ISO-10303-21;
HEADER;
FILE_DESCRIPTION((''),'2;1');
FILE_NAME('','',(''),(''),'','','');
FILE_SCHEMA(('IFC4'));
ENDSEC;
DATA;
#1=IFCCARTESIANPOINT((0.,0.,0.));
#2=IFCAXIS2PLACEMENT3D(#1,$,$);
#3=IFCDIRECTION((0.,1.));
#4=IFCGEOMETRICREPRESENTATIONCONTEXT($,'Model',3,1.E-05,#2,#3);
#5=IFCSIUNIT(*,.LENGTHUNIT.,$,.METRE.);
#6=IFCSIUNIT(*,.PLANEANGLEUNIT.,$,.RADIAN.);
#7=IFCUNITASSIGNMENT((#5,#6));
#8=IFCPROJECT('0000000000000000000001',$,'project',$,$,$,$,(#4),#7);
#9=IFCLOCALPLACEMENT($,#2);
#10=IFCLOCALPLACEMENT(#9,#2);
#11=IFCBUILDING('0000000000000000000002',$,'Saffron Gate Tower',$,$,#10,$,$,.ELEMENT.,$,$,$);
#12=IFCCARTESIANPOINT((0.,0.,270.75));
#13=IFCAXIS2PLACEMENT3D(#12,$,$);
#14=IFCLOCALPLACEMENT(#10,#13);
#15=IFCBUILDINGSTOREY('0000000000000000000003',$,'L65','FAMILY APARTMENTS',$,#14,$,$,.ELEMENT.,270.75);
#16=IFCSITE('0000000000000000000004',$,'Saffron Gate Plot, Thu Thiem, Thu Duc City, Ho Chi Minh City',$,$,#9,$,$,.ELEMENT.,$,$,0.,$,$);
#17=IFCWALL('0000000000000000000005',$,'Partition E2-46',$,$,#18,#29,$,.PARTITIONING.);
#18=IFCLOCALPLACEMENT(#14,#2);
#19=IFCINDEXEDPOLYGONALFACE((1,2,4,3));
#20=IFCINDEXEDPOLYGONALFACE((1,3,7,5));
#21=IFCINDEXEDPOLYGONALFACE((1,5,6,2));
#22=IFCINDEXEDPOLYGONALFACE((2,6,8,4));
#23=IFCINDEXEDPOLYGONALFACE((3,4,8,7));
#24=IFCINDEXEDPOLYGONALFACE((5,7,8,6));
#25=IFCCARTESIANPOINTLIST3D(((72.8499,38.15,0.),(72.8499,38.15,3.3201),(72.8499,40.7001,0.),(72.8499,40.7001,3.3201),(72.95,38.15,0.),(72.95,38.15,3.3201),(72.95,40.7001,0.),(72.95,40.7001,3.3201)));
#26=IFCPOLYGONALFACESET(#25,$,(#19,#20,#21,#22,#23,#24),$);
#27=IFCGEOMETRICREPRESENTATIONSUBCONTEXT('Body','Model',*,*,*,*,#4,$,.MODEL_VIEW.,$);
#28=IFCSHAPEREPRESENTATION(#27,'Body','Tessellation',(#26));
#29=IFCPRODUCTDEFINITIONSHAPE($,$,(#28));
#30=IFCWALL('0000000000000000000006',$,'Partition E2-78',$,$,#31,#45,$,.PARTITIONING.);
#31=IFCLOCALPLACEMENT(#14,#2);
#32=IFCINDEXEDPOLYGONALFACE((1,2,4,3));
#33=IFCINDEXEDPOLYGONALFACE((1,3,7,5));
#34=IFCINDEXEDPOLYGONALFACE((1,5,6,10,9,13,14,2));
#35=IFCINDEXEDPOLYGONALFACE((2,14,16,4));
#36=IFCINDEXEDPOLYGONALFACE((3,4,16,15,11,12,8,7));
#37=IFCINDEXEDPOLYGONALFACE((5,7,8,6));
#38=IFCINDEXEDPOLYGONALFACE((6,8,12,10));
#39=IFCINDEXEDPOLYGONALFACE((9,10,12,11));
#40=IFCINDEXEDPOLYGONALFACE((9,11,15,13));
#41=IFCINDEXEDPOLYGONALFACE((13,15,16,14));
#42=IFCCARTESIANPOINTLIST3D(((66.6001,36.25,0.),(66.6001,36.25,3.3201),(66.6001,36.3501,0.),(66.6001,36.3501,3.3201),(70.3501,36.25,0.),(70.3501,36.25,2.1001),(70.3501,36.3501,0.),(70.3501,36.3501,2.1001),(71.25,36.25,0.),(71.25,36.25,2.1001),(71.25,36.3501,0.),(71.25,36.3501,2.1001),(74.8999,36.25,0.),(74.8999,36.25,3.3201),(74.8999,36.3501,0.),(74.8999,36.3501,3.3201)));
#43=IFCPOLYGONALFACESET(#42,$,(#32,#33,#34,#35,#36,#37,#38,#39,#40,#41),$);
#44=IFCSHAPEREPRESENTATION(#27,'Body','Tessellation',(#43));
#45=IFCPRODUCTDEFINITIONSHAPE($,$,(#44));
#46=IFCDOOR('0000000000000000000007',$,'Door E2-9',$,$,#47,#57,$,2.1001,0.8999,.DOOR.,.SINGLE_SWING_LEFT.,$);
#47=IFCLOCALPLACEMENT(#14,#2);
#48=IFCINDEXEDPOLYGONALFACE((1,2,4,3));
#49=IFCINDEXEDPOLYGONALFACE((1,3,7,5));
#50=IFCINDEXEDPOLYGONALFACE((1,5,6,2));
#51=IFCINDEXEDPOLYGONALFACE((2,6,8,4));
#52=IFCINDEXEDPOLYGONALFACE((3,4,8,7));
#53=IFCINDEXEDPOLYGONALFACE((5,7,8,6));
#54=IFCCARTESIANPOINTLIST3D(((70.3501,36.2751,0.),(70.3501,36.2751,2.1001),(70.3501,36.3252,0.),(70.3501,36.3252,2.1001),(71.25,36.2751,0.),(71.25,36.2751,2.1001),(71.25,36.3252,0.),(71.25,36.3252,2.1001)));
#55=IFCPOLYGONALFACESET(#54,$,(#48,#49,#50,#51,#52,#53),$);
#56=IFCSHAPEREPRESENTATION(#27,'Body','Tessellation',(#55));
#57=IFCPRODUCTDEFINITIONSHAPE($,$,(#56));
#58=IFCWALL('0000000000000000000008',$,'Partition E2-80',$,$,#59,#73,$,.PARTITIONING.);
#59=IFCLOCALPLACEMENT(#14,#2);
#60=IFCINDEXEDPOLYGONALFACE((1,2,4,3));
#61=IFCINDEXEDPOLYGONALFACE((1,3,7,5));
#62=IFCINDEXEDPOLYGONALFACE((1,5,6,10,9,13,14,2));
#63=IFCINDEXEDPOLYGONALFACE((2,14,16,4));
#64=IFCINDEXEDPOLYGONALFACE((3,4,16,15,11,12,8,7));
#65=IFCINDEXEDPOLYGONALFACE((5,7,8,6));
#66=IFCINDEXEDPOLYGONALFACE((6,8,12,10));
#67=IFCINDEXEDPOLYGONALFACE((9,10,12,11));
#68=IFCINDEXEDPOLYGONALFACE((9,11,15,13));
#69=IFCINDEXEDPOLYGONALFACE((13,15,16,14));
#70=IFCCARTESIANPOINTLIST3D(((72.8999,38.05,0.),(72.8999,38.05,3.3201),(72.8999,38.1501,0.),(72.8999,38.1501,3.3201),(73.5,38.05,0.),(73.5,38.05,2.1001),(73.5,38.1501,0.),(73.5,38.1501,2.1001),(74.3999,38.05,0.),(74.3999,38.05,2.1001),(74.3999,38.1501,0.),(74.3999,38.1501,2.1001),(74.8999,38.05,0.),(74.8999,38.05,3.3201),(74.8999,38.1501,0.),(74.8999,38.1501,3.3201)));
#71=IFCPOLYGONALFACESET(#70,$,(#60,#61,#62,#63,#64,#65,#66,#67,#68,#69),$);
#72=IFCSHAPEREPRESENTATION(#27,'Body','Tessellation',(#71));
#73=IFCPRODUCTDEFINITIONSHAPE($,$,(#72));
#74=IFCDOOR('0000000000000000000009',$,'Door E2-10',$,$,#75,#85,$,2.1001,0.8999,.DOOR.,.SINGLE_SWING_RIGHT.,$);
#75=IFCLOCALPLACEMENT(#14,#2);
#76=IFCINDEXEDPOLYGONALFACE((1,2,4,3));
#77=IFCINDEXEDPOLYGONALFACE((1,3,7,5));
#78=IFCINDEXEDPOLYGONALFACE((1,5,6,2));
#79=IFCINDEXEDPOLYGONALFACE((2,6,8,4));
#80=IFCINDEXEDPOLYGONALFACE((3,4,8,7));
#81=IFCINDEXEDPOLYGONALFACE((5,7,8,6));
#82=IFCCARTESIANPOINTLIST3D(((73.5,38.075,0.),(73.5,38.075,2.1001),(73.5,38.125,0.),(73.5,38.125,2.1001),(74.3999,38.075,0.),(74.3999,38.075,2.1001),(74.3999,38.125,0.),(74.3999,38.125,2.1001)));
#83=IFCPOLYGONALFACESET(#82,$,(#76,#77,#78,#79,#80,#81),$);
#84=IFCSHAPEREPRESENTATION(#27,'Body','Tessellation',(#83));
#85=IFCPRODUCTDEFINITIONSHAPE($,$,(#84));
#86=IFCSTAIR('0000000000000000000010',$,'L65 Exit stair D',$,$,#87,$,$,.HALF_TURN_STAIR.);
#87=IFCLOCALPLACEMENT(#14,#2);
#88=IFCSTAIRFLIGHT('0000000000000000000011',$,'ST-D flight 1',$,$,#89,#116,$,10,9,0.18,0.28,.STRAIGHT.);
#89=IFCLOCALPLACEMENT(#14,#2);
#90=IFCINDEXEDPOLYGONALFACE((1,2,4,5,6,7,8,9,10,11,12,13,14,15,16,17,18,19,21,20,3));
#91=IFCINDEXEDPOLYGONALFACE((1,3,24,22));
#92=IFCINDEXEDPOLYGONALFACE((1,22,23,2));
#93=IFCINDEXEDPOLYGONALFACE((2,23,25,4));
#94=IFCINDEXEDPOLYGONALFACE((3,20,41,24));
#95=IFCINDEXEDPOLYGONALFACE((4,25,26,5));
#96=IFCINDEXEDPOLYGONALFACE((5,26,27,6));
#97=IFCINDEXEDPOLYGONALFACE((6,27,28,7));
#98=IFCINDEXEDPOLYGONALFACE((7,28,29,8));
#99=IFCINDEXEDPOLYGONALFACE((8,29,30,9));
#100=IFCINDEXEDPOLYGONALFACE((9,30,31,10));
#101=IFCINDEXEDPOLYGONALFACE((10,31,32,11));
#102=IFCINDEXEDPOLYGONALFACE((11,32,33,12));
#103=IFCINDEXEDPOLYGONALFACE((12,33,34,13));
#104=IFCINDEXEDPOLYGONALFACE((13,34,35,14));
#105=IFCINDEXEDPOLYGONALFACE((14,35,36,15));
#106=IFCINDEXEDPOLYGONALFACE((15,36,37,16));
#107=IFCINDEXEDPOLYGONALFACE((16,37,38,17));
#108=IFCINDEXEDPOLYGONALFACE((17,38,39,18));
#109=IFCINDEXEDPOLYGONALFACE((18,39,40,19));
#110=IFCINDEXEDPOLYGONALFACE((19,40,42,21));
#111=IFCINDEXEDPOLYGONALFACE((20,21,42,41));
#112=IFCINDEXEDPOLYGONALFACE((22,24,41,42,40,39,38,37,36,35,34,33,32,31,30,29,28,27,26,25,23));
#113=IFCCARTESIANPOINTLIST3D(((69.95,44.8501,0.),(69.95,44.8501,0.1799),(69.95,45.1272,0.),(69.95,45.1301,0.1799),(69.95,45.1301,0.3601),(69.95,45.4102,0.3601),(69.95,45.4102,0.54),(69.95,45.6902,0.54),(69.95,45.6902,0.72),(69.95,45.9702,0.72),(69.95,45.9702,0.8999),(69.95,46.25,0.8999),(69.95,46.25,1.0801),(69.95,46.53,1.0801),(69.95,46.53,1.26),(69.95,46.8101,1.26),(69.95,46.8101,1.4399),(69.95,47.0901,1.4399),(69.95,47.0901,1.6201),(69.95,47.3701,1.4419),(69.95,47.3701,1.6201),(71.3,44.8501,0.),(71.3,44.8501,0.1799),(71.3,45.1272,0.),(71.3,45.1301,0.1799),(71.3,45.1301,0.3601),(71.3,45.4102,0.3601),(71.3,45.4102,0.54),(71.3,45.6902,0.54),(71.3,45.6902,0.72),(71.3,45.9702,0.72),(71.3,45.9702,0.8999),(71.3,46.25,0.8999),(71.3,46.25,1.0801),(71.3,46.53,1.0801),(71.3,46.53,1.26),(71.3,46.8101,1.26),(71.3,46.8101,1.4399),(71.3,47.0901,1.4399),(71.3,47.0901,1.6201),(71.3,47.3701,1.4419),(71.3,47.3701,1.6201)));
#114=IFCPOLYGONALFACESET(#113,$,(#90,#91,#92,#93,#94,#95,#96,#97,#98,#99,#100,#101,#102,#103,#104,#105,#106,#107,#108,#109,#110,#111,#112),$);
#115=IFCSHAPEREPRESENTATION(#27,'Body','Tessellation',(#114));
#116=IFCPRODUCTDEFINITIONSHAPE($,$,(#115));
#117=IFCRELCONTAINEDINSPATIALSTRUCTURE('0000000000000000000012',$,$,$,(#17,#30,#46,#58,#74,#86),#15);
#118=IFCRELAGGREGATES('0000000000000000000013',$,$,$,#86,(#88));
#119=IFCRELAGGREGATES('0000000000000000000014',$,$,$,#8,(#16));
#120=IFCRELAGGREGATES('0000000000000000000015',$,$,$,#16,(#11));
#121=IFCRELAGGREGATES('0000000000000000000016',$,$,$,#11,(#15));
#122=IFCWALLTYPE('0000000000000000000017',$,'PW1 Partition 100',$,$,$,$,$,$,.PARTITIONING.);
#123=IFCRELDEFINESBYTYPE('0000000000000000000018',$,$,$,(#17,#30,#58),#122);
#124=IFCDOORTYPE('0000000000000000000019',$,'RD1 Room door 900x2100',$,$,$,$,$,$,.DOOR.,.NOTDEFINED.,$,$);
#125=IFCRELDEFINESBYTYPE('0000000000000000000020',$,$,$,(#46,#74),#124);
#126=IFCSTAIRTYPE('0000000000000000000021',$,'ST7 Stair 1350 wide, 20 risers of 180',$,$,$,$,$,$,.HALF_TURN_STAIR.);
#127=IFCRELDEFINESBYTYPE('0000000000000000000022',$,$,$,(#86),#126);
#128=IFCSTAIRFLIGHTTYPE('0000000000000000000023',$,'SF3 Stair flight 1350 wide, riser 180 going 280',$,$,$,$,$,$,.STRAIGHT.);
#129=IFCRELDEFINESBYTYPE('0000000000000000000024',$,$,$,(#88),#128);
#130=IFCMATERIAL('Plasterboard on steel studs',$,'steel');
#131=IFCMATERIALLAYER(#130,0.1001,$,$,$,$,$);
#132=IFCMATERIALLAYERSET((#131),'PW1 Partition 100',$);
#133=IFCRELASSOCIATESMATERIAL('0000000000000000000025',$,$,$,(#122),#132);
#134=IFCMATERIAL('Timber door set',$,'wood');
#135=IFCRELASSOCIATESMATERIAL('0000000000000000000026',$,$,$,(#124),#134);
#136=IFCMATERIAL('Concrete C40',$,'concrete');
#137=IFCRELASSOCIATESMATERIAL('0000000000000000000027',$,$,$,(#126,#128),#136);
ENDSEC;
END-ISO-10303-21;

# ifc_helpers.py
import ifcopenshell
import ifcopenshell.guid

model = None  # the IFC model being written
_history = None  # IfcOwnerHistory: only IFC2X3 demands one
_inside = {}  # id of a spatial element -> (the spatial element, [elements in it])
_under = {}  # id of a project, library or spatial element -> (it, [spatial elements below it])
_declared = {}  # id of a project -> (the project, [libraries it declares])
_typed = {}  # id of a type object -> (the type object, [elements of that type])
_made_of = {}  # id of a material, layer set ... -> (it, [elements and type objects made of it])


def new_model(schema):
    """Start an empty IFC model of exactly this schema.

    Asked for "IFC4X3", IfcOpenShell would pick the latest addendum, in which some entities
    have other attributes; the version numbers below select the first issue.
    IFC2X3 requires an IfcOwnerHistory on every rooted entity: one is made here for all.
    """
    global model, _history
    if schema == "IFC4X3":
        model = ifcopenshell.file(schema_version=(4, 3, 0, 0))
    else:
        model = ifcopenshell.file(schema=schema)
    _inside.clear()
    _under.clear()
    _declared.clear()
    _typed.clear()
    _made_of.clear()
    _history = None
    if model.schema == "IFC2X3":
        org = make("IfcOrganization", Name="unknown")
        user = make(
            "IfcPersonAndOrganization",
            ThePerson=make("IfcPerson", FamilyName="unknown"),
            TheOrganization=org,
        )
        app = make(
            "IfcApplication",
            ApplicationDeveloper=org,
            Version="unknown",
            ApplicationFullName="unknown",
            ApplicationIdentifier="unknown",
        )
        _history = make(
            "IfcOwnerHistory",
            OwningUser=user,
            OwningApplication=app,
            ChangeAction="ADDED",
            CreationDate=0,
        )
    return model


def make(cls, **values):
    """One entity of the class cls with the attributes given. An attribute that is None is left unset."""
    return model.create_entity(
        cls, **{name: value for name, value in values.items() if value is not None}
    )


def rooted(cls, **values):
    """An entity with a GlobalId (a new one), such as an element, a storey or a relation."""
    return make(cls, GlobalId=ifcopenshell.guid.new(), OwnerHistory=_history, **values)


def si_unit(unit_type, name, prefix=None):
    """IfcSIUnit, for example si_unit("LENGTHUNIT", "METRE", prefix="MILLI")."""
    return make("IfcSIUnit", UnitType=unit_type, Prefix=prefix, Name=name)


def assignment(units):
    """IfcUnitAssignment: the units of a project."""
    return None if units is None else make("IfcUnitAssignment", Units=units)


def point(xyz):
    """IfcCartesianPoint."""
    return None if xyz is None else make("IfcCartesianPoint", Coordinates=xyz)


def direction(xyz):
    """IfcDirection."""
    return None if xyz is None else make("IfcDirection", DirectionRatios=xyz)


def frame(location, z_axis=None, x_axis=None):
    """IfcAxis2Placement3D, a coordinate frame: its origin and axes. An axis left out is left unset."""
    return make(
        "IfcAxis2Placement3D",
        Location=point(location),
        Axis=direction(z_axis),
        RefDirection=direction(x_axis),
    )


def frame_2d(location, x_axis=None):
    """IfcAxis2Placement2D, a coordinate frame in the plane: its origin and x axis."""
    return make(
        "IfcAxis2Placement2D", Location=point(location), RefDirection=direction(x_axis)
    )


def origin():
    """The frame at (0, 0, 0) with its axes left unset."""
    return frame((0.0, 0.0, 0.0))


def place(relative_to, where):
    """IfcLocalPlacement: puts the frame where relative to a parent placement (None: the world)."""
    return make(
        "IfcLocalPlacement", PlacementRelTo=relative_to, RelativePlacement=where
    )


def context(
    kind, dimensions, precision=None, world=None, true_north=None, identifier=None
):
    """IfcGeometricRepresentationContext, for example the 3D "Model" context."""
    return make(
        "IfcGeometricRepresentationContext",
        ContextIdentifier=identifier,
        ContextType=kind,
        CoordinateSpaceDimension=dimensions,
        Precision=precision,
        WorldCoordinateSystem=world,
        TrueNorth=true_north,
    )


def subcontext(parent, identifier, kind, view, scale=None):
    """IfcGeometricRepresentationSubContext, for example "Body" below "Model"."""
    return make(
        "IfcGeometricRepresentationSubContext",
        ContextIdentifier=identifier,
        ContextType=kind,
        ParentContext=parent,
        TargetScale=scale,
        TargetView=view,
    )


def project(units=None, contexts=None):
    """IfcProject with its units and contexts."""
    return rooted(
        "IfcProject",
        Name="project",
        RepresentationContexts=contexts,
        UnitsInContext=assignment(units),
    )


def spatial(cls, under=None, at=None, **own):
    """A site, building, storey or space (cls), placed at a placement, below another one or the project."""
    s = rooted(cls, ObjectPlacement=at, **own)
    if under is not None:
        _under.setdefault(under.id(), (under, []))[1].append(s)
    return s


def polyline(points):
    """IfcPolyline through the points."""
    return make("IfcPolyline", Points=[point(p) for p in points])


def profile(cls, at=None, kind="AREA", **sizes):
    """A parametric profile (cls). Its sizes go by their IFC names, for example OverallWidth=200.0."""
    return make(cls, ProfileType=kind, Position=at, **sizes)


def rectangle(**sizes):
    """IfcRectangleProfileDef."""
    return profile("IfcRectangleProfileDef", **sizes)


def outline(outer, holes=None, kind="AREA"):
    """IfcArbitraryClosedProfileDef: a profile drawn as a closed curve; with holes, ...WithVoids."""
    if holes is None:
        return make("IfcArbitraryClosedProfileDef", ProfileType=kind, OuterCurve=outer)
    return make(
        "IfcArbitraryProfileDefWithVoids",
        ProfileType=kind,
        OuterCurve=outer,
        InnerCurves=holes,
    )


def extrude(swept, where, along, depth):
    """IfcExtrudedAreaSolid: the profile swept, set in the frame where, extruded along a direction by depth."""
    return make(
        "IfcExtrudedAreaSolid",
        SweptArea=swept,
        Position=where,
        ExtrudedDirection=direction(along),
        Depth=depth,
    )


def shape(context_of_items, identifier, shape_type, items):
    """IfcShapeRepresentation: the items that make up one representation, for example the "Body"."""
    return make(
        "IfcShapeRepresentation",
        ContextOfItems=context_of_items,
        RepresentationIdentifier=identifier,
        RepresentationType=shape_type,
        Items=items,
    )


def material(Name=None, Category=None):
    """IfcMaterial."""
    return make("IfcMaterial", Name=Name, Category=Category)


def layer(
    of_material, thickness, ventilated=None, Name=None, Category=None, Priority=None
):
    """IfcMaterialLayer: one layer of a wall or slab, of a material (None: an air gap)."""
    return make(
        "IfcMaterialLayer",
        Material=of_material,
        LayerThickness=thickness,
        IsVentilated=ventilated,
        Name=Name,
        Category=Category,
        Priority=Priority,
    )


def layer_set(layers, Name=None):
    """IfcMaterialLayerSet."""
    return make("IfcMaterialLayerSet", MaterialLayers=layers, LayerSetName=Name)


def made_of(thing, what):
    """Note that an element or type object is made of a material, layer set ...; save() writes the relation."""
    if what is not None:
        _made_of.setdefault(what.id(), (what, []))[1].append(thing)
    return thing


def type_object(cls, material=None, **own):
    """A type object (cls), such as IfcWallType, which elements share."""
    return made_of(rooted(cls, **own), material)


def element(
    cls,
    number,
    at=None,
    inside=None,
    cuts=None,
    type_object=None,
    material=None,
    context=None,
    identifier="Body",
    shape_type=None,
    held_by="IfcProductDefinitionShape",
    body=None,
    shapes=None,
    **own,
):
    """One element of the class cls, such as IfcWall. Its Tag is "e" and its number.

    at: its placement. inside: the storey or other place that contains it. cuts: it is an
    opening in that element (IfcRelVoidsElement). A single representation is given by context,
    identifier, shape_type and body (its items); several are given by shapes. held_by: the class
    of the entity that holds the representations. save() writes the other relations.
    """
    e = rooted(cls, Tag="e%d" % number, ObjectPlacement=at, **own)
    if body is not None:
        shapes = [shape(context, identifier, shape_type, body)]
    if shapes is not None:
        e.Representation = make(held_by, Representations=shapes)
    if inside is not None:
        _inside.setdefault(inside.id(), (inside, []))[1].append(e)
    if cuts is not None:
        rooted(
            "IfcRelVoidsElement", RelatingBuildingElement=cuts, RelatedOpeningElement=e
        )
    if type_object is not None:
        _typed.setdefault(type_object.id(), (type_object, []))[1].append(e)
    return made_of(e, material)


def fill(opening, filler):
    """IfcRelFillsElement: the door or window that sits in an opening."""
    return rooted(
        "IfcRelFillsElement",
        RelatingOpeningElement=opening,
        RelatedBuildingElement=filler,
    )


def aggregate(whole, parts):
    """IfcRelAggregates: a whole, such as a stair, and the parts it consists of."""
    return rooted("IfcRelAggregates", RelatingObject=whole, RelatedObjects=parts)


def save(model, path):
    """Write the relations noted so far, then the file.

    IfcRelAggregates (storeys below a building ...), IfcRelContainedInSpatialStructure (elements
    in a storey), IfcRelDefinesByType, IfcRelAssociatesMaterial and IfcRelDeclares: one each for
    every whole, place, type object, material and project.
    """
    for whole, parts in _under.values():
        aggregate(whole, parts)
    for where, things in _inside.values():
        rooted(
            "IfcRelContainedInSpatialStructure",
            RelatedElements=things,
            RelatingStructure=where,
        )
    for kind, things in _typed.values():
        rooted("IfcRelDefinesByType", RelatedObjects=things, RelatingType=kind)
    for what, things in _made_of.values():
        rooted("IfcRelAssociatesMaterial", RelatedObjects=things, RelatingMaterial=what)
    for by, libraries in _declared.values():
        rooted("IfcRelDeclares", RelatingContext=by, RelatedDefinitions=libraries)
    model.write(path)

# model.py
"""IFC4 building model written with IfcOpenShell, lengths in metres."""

from ifc_helpers import new_model, si_unit, direction, frame, frame_2d, origin, place, context, subcontext, project, spatial, polyline, rectangle, outline, extrude, material, layer, layer_set, type_object, element, fill, aggregate, save


model = new_model("IFC4")

# Units and contexts
model_context = context("Model", 3, precision=1e-05, world=origin(), true_north=direction((0.0, 1.0)))
body_context = subcontext(model_context, "Body", "Model", "MODEL_VIEW")
ifc_project = project(units=[si_unit("LENGTHUNIT", "METRE"), si_unit("PLANEANGLEUNIT", "RADIAN")], contexts=[model_context])

# Site, building, storey
site_placement = place(None, origin())
site = spatial("IfcSite", under=ifc_project, at=site_placement, Name="Saffron Gate Plot, Thu Thiem, Thu Duc City, Ho Chi Minh City", CompositionType="ELEMENT", RefElevation=0.0)
building_placement = place(site_placement, origin())
building = spatial("IfcBuilding", under=site, at=building_placement, Name="Saffron Gate Tower", CompositionType="ELEMENT")
storey_placement = place(building_placement, frame((0.0, 0.0, 270.75)))
storey = spatial("IfcBuildingStorey", under=building, at=storey_placement, Name="L65", Description="FAMILY APARTMENTS", CompositionType="ELEMENT", Elevation=270.75)

# Wall
ifc_material_1 = material(Name="Plasterboard on steel studs", Category="steel")
ifc_layer_1 = layer(ifc_material_1, 0.1001)
ifc_layer_set_1 = layer_set([ifc_layer_1], Name="PW1 Partition 100")
wall_type_1 = type_object("IfcWallType", Name="PW1 Partition 100", PredefinedType="PARTITIONING", material=ifc_layer_set_1)
wall_1_placement = place(storey_placement, frame((72.8999, 40.7, 0.0), z_axis=(0.0, 0.0, 1.0), x_axis=(0.0, -1.0, 0.0)))
element("IfcWall", 1, at=wall_1_placement, inside=storey, type_object=wall_type_1, Name="Partition E2-46", PredefinedType="PARTITIONING", context=body_context, shape_type="SweptSolid", body=[
    extrude(rectangle(XDim=2.55, YDim=0.1001, at=frame_2d((1.2749, 0.0))), origin(), (0.0, 0.0, 1.0), 3.3201),
])

# Walls, openings, doors
wall_2_placement = place(storey_placement, frame((74.8999, 36.3, 0.0), z_axis=(0.0, 0.0, 1.0), x_axis=(-1.0, 0.0, 0.0)))
wall_2 = element("IfcWall", 2, at=wall_2_placement, inside=storey, type_object=wall_type_1, Name="Partition E2-78", PredefinedType="PARTITIONING", context=body_context, shape_type="SweptSolid", body=[
    extrude(rectangle(XDim=8.2998, YDim=0.1001, at=frame_2d((4.1499, 0.0))), origin(), (0.0, 0.0, 1.0), 3.3201),
])
opening_1_placement = place(wall_2_placement, frame((3.6499, 0.0, 0.0)))
opening_1 = element("IfcOpeningElement", 3, at=opening_1_placement, cuts=wall_2, PredefinedType="OPENING", context=body_context, shape_type="SweptSolid", body=[
    extrude(rectangle(XDim=0.8999, YDim=2.1001, at=frame_2d((0.45, 1.05))), frame((0.0, 0.0601, 0.0), z_axis=(0.0, -1.0, 0.0), x_axis=(1.0, 0.0, 0.0)), (0.0, 0.0, 1.0), 0.1201),
])
ifc_material_2 = material(Name="Timber door set", Category="wood")
door_type_1 = type_object("IfcDoorType", Name="RD1 Room door 900x2100", OperationType="NOTDEFINED", PredefinedType="DOOR", material=ifc_material_2)
door_1_placement = place(opening_1_placement, origin())
door_1 = element("IfcDoor", 4, at=door_1_placement, inside=storey, type_object=door_type_1, Name="Door E2-9", OperationType="SINGLE_SWING_LEFT", OverallHeight=2.1001, OverallWidth=0.8999, PredefinedType="DOOR", context=body_context, shape_type="SweptSolid", body=[
    extrude(rectangle(XDim=0.8999, YDim=2.1001, at=frame_2d((0.45, 1.05))), frame((0.0, 0.0249, 0.0), z_axis=(0.0, -1.0, 0.0), x_axis=(1.0, 0.0, 0.0)), (0.0, 0.0, 1.0), 0.05),
])
fill(opening_1, door_1)
wall_3_placement = place(storey_placement, frame((72.8999, 38.1001, 0.0), z_axis=(0.0, 0.0, 1.0), x_axis=(1.0, 0.0, 0.0)))
wall_3 = element("IfcWall", 5, at=wall_3_placement, inside=storey, type_object=wall_type_1, Name="Partition E2-80", PredefinedType="PARTITIONING", context=body_context, shape_type="SweptSolid", body=[
    extrude(rectangle(XDim=2.0, YDim=0.1001, at=frame_2d((1.0, 0.0))), origin(), (0.0, 0.0, 1.0), 3.3201),
])
opening_2_placement = place(wall_3_placement, frame((0.6001, 0.0, 0.0)))
opening_2 = element("IfcOpeningElement", 6, at=opening_2_placement, cuts=wall_3, PredefinedType="OPENING", context=body_context, shape_type="SweptSolid", body=[
    extrude(rectangle(XDim=0.8999, YDim=2.1001, at=frame_2d((0.45, 1.05))), frame((0.0, 0.0601, 0.0), z_axis=(0.0, -1.0, 0.0), x_axis=(1.0, 0.0, 0.0)), (0.0, 0.0, 1.0), 0.1201),
])
door_2_placement = place(opening_2_placement, origin())
door_2 = element("IfcDoor", 7, at=door_2_placement, inside=storey, type_object=door_type_1, Name="Door E2-10", OperationType="SINGLE_SWING_RIGHT", OverallHeight=2.1001, OverallWidth=0.8999, PredefinedType="DOOR", context=body_context, shape_type="SweptSolid", body=[
    extrude(rectangle(XDim=0.8999, YDim=2.1001, at=frame_2d((0.45, 1.05))), frame((0.0, 0.0249, 0.0), z_axis=(0.0, -1.0, 0.0), x_axis=(1.0, 0.0, 0.0)), (0.0, 0.0, 1.0), 0.05),
])
fill(opening_2, door_2)

# Stair, stair flight
ifc_material_3 = material(Name="Concrete C40", Category="concrete")
stair_type = type_object("IfcStairType", Name="ST7 Stair 1350 wide, 20 risers of 180", PredefinedType="HALF_TURN_STAIR", material=ifc_material_3)
stair_placement = place(storey_placement, origin())
stair = element("IfcStair", 8, at=stair_placement, inside=storey, type_object=stair_type, Name="L65 Exit stair D", PredefinedType="HALF_TURN_STAIR")
stair_flight_type = type_object("IfcStairFlightType", Name="SF3 Stair flight 1350 wide, riser 180 going 280", PredefinedType="STRAIGHT", material=ifc_material_3)
stair_flight_placement = place(storey_placement, frame((70.625, 44.8501, 0.0), z_axis=(0.0, 0.0, 1.0), x_axis=(0.0, 1.0, 0.0)))
stair_flight = element("IfcStairFlight", 9, at=stair_flight_placement, type_object=stair_flight_type, Name="ST-D flight 1", NumberOfRisers=10, NumberOfTreads=9, PredefinedType="STRAIGHT", RiserHeight=0.18, TreadLength=0.28, context=body_context, shape_type="SweptSolid", body=[
    extrude(outline(polyline([(0.0, 0.0), (0.0, 0.1799), (0.28, 0.1799), (0.28, 0.3601), (0.5601, 0.3601), (0.5601, 0.54), (0.8401, 0.54), (0.8401, 0.72), (1.1201, 0.72), (1.1201, 0.8999), (1.3999, 0.8999), (1.3999, 1.0801), (1.6799, 1.0801), (1.6799, 1.26), (1.96, 1.26), (1.96, 1.4399), (2.24, 1.4399), (2.24, 1.6201), (2.52, 1.6201), (2.52, 1.8), (2.52, 1.4419), (0.2771, 0.0), (0.0, 0.0)])), frame((0.0, 0.675, 0.0), z_axis=(0.0, -1.0, 0.0), x_axis=(1.0, 0.0, 0.0)), (0.0, 0.0, 1.0), 1.3501),
])
aggregate(stair, [stair_flight])

save(model, "model.ifc")
